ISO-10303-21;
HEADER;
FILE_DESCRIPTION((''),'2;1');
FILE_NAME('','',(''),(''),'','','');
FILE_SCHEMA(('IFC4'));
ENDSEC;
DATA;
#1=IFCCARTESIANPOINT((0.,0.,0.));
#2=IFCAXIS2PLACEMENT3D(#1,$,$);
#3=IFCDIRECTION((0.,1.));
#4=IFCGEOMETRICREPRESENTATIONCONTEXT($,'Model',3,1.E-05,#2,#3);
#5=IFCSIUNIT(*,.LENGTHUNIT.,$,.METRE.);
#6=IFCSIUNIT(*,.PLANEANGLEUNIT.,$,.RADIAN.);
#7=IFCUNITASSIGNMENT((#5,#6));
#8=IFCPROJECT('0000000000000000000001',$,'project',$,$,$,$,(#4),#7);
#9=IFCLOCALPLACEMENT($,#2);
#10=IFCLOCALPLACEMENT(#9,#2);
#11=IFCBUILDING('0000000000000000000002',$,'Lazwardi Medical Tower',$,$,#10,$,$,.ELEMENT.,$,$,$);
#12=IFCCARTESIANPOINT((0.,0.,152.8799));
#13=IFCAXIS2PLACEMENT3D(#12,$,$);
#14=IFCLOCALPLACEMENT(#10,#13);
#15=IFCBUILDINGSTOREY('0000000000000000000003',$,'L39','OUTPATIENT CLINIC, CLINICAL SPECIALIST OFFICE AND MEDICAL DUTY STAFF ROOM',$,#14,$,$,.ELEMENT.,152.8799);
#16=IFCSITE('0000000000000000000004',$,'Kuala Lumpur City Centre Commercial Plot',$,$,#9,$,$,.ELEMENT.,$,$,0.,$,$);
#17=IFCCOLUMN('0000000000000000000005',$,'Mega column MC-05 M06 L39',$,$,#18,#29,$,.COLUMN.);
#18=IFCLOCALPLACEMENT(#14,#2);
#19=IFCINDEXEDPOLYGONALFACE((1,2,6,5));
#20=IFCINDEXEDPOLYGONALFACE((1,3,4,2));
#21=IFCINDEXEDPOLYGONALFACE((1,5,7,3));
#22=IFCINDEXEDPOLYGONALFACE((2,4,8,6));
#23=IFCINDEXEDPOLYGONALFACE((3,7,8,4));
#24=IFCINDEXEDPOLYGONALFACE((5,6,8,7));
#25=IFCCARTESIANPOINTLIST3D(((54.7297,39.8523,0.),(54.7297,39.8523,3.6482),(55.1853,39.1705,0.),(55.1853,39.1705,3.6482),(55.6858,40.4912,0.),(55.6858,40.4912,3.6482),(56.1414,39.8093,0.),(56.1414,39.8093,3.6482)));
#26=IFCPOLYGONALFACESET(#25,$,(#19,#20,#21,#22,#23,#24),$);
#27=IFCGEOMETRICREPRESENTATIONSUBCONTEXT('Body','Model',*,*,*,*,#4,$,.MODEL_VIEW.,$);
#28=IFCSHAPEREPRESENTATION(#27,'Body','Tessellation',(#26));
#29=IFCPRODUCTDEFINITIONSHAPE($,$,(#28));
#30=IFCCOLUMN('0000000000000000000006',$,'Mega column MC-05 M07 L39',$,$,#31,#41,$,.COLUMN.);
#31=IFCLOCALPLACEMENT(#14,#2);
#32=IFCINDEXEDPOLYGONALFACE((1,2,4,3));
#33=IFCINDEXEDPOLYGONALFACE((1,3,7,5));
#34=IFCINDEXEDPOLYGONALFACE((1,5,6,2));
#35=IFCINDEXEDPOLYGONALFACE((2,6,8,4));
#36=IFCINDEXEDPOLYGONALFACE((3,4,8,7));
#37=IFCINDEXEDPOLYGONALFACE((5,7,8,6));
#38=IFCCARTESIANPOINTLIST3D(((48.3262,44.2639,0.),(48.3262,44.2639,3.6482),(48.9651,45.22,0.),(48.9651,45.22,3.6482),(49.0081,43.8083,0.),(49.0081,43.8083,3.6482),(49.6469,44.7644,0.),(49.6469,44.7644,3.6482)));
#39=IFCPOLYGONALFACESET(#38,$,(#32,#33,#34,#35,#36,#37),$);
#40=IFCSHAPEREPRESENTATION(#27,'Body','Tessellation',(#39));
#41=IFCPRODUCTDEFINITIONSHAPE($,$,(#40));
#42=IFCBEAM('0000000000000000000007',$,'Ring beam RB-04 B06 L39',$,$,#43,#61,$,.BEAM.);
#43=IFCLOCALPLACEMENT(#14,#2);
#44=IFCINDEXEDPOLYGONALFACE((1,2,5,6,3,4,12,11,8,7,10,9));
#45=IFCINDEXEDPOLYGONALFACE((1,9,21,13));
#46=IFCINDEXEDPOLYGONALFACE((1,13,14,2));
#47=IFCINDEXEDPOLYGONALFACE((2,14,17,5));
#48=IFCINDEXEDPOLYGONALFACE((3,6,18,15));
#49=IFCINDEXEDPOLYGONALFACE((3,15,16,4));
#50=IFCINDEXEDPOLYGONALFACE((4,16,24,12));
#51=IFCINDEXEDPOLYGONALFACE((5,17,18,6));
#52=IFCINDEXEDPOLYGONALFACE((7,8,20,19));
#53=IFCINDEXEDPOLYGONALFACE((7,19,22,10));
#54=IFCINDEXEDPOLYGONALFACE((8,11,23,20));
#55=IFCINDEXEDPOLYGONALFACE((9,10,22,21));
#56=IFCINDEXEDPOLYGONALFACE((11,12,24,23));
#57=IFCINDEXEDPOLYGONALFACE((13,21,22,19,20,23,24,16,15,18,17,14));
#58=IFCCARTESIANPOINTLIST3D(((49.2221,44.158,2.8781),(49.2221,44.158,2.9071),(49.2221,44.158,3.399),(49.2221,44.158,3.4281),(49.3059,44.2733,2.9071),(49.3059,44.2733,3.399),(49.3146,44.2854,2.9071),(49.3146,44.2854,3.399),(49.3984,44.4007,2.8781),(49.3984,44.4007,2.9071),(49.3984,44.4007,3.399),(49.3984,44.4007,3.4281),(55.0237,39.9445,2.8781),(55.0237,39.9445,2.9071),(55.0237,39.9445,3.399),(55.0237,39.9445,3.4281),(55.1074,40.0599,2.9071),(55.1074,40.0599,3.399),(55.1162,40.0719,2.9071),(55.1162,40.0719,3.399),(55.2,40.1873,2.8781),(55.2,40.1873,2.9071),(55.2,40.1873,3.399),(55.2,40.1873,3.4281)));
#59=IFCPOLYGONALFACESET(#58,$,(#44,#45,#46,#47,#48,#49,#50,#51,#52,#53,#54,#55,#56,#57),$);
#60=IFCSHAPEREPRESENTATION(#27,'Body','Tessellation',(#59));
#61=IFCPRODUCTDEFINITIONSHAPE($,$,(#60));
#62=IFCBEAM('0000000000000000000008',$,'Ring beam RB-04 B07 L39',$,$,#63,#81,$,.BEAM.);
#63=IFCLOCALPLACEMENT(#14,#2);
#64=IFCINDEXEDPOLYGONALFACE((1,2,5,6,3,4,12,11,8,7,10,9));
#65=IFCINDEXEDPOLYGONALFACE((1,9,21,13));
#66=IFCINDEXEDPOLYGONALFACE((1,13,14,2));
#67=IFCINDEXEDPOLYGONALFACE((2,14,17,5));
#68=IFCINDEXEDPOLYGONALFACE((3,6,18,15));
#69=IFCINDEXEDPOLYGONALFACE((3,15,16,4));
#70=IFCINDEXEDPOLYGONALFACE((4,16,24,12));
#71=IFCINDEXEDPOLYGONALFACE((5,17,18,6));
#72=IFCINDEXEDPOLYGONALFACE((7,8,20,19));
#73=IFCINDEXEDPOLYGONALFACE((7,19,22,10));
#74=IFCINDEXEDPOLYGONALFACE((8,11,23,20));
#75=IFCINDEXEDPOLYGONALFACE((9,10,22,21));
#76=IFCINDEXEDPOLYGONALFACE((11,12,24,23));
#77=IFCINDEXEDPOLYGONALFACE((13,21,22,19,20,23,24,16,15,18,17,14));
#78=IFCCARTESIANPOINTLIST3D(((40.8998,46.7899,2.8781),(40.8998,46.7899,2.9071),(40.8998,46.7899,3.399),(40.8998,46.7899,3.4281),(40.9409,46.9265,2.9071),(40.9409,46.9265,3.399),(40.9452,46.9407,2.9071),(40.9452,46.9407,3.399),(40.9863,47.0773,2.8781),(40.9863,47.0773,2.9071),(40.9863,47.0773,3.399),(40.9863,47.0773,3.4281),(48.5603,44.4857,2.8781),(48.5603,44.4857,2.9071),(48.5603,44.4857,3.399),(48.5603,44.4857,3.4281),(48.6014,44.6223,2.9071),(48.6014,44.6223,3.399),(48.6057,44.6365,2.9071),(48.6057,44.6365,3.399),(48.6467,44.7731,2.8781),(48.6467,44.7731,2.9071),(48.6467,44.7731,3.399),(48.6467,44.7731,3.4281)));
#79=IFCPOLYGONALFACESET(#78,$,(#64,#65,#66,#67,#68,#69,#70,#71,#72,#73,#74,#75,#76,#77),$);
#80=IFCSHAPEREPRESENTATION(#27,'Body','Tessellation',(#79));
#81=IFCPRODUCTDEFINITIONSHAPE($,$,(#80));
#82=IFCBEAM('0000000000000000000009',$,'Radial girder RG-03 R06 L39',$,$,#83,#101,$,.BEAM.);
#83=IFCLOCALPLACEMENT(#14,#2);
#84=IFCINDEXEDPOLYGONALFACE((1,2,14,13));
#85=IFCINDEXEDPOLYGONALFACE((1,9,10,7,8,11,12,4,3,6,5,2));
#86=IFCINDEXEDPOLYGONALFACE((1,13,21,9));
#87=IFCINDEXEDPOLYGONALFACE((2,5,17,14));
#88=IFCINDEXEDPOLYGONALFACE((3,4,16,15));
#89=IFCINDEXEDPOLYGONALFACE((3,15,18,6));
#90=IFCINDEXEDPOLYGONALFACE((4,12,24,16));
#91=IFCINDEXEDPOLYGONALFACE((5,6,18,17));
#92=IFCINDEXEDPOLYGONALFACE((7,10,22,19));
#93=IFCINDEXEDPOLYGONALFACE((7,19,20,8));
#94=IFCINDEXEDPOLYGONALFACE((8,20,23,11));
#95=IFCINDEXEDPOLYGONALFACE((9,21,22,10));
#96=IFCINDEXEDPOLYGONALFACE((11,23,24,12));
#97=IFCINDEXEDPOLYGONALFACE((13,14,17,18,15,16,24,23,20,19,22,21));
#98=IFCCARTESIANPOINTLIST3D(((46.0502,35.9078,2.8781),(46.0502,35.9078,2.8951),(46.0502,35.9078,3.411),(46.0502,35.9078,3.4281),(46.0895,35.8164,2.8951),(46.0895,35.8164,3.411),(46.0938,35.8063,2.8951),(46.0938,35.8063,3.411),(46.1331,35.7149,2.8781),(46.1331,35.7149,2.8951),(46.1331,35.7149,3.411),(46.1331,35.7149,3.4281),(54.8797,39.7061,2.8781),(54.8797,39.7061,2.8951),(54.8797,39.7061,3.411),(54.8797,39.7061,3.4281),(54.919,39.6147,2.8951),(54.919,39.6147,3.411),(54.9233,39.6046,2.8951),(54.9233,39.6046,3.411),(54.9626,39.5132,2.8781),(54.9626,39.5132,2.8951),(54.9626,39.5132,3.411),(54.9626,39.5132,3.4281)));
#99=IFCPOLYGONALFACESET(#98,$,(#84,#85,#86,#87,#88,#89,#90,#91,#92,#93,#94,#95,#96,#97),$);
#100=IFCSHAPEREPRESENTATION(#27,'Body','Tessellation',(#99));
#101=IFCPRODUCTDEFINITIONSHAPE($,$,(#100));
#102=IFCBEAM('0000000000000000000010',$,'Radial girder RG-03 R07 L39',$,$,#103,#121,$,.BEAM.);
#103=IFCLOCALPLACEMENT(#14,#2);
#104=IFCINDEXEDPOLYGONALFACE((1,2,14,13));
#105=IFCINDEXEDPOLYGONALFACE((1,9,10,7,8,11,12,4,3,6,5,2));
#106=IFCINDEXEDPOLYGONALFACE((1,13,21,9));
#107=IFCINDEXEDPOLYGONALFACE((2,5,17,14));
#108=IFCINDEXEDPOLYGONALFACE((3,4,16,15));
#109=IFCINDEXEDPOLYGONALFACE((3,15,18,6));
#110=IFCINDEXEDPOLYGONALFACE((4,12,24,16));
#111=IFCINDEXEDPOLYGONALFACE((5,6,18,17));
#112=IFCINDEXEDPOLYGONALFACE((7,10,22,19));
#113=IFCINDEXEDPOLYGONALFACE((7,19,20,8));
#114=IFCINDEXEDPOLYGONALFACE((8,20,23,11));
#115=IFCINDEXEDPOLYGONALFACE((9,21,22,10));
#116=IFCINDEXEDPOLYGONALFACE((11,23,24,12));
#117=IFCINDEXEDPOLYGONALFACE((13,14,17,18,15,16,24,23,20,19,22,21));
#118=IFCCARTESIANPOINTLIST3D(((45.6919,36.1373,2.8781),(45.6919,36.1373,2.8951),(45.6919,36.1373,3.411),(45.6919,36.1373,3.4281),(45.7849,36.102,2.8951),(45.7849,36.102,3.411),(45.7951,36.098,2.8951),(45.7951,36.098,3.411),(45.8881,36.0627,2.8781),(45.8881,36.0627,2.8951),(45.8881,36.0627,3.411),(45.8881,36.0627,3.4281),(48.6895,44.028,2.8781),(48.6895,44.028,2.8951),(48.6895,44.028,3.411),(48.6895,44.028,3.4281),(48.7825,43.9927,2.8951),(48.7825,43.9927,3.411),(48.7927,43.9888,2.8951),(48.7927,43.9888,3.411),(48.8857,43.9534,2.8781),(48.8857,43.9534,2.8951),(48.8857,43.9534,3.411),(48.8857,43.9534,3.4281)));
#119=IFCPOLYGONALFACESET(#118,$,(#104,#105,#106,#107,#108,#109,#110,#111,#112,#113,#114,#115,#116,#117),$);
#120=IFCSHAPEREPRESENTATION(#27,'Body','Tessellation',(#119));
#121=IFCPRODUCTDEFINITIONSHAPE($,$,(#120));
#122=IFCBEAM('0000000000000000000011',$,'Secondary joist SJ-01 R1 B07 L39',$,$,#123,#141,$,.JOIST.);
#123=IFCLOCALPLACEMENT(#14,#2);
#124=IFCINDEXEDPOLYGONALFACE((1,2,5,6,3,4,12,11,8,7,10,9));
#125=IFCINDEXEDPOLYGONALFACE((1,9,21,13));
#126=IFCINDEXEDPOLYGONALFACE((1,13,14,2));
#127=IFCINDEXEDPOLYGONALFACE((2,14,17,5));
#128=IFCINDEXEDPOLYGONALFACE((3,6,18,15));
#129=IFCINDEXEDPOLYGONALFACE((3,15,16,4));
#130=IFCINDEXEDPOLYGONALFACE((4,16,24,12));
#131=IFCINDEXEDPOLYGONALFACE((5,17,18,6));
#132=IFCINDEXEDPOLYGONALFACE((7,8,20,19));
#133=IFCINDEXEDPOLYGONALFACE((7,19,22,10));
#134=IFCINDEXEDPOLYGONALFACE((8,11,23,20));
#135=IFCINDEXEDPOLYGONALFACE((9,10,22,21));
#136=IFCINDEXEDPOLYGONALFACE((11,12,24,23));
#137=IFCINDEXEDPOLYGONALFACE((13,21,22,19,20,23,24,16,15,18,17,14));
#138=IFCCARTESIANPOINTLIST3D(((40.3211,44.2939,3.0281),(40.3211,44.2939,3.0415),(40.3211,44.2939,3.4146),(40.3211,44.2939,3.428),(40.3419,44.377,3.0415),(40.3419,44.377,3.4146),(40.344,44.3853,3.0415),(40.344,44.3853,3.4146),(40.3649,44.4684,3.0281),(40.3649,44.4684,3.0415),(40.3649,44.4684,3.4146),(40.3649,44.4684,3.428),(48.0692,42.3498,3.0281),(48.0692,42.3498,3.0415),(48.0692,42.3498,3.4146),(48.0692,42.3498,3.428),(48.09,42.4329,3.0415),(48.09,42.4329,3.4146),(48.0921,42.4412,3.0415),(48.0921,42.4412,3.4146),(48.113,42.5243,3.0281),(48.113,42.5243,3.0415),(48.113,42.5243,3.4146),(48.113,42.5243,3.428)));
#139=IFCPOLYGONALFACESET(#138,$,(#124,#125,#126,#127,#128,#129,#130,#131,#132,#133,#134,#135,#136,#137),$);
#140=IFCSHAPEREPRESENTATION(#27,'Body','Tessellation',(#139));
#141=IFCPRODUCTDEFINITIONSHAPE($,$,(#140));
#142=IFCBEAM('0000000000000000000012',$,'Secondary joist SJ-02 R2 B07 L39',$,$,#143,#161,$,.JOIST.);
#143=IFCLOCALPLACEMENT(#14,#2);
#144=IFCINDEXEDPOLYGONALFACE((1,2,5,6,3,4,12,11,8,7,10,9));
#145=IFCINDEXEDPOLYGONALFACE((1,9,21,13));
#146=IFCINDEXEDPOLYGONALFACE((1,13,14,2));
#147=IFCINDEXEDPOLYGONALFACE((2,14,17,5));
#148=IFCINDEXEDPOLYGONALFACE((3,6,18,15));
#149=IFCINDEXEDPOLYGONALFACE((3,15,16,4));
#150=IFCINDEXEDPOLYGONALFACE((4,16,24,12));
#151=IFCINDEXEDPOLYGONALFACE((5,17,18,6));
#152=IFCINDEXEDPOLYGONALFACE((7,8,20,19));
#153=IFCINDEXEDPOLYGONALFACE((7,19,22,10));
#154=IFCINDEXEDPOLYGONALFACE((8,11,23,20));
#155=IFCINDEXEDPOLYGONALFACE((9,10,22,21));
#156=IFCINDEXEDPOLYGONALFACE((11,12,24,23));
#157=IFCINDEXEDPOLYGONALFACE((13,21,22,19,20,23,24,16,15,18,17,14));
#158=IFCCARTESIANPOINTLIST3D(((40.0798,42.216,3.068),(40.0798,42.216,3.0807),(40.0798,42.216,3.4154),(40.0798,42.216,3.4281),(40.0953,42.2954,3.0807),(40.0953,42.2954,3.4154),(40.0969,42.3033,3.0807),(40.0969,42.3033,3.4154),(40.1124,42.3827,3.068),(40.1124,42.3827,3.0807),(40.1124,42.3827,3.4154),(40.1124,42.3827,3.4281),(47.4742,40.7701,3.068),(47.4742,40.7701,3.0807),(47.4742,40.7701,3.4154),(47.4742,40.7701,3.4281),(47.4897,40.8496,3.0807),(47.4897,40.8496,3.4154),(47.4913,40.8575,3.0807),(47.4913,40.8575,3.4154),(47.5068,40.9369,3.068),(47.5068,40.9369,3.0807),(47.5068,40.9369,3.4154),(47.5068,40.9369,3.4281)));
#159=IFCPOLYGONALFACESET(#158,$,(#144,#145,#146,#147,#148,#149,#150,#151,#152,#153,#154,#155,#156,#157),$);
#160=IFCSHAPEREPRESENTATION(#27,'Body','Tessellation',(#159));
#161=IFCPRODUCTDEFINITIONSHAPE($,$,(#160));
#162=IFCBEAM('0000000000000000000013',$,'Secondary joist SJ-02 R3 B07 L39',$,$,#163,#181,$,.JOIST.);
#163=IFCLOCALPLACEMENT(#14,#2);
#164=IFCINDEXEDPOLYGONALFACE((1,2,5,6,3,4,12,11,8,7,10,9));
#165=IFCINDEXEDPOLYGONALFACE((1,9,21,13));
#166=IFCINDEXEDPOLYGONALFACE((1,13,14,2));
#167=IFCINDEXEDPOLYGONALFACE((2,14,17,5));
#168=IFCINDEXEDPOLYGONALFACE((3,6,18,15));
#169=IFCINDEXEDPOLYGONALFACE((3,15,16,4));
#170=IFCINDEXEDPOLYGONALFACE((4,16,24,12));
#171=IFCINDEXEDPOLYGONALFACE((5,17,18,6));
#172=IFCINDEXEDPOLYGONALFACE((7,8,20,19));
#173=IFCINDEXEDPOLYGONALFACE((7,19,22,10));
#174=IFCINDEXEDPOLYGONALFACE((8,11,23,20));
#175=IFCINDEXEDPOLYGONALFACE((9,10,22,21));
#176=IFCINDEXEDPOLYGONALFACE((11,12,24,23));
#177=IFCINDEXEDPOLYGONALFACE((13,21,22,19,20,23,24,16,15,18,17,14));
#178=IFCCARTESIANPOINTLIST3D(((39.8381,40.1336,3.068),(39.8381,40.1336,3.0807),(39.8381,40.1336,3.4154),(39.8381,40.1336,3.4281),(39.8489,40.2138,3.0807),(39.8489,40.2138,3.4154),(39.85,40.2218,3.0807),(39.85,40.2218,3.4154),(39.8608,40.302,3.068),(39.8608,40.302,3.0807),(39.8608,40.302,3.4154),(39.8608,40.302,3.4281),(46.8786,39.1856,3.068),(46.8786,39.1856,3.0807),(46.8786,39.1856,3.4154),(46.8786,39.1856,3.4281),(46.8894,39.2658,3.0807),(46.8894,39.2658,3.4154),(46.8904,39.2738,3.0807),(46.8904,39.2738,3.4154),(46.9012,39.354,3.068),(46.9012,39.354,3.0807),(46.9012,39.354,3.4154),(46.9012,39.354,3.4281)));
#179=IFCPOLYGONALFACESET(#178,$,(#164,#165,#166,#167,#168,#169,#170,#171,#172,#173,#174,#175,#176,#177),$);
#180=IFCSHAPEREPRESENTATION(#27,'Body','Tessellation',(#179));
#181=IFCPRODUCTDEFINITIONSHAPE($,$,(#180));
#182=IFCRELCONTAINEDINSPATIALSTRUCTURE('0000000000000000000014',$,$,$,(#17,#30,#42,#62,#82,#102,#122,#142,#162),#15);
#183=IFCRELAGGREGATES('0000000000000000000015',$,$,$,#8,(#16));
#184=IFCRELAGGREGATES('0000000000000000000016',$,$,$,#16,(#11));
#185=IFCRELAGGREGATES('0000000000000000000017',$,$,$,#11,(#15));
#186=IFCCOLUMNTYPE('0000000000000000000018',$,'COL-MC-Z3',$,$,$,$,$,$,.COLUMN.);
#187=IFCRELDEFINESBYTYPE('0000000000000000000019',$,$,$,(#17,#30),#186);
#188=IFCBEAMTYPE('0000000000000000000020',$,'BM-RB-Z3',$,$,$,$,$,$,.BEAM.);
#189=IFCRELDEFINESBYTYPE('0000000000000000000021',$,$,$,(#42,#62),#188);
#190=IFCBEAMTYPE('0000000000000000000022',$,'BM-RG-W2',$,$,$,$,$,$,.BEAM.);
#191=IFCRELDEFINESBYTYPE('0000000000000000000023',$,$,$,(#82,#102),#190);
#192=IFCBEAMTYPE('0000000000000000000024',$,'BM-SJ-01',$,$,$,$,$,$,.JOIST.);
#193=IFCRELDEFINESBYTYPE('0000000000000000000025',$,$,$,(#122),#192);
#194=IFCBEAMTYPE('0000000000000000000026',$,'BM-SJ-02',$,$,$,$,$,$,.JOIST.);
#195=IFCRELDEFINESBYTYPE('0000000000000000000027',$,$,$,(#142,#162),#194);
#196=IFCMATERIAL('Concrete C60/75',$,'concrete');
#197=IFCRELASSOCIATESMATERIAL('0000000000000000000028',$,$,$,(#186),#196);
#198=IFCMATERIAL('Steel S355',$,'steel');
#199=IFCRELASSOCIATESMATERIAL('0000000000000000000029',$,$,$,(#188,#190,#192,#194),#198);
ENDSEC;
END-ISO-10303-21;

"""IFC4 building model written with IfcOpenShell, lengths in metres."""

from ifc_helpers import new_model, si_unit, direction, frame, origin, origin_2d, place, context, subcontext, project, spatial, rectangle, i_section, extrude, material, material_profile, profile_set, type_object, element, save


model = new_model("IFC4")

# Units and contexts
model_context = context("Model", 3, precision=1e-05, world=origin(), true_north=direction((0.0, 1.0)))
body_context = subcontext(model_context, "Body", "Model", "MODEL_VIEW")
ifc_project = project(units=[si_unit("LENGTHUNIT", "METRE"), si_unit("PLANEANGLEUNIT", "RADIAN")], contexts=[model_context])

# Site, building, storey
site_placement = place(None, origin())
site = spatial("IfcSite", under=ifc_project, at=site_placement, Name="Kuala Lumpur City Centre Commercial Plot", CompositionType="ELEMENT", RefElevation=0.0)
building_placement = place(site_placement, origin())
building = spatial("IfcBuilding", under=site, at=building_placement, Name="Lazwardi Medical Tower", CompositionType="ELEMENT")
storey_placement = place(building_placement, frame((0.0, 0.0, 152.8799)))
storey = spatial("IfcBuildingStorey", under=building, at=storey_placement, Name="L39", Description="OUTPATIENT CLINIC, CLINICAL SPECIALIST OFFICE AND MEDICAL DUTY STAFF ROOM", CompositionType="ELEMENT", Elevation=152.8799)

# Columns
ifc_material_1 = material(Name="Concrete C60/75", Category="concrete")
ifc_material_profile_1 = material_profile(ifc_material_1, rectangle(XDim=1.1499, YDim=0.8201, at=origin_2d()), Name="CFT-RECT 1150x820")
ifc_profile_set_1 = profile_set([ifc_material_profile_1], Name="Concrete C60/75")
column_type = type_object("IfcColumnType", Name="COL-MC-Z3", PredefinedType="COLUMN", material=ifc_profile_set_1)
for number, where, z_axis, x_axis, name in (
    (1, (55.4355, 39.8308, 0.0), (0.0, 0.0, 1.0), (0.83147, 0.55557, 0.0), "Mega column MC-05 M06 L39"),
    (2, (48.9866, 44.5142, 0.0), (0.0, 0.0, 1.0), (0.55557, 0.83147, 0.0), "Mega column MC-05 M07 L39"),
):
    element("IfcColumn", number, at=place(storey_placement, frame(where, z_axis=z_axis, x_axis=x_axis)), inside=storey, type_object=column_type, Name=name, PredefinedType="COLUMN", context=body_context, shape_type="SweptSolid", body=[
        extrude(rectangle(XDim=1.1499, YDim=0.8201, at=origin_2d()), origin(), (0.0, 0.0, 1.0), 3.6482),
    ])

# Beams
ifc_material_2 = material(Name="Steel S355", Category="steel")
ifc_material_profile_2 = material_profile(ifc_material_2, i_section(OverallWidth=0.3, OverallDepth=0.55, WebThickness=0.0149, FlangeThickness=0.0291, at=origin_2d()), Name="HEB 550")
ifc_profile_set_2 = profile_set([ifc_material_profile_2], Name="Steel S355")
beam_type_1 = type_object("IfcBeamType", Name="BM-RB-Z3", PredefinedType="BEAM", material=ifc_profile_set_2)
beam_1_placement = place(storey_placement, frame((55.1118, 40.0659, 3.1531), z_axis=(-0.809128, 0.587633, 0.0), x_axis=(-0.587633, -0.809128, 0.0)))
element("IfcBeam", 3, at=beam_1_placement, inside=storey, type_object=beam_type_1, Name="Ring beam RB-04 B06 L39", PredefinedType="BEAM", context=body_context, shape_type="SweptSolid", body=[
    extrude(i_section(OverallWidth=0.3, OverallDepth=0.55, WebThickness=0.0149, FlangeThickness=0.0291, at=origin_2d()), origin(), (0.0, 0.0, 1.0), 7.1702),
])
beam_2_placement = place(storey_placement, frame((48.6035, 44.6294, 3.1531), z_axis=(-0.957617, 0.288045, 0.0), x_axis=(-0.288045, -0.957617, 0.0)))
element("IfcBeam", 4, at=beam_2_placement, inside=storey, type_object=beam_type_1, Name="Ring beam RB-04 B07 L39", PredefinedType="BEAM", context=body_context, shape_type="SweptSolid", body=[
    extrude(i_section(OverallWidth=0.3, OverallDepth=0.55, WebThickness=0.0149, FlangeThickness=0.0291, at=origin_2d()), origin(), (0.0, 0.0, 1.0), 7.9995),
])
ifc_material_profile_3 = material_profile(ifc_material_2, i_section(OverallWidth=0.21, OverallDepth=0.55, WebThickness=0.011, FlangeThickness=0.0171, at=origin_2d()), Name="IPE 550")
ifc_profile_set_3 = profile_set([ifc_material_profile_3], Name="Steel S355")
beam_type_2 = type_object("IfcBeamType", Name="BM-RG-W2", PredefinedType="BEAM", material=ifc_profile_set_3)
beam_3_placement = place(storey_placement, frame((54.9211, 39.6096, 3.1531), z_axis=(-0.918608, -0.39517, 0.0), x_axis=(0.39517, -0.918608, 0.0)))
element("IfcBeam", 5, at=beam_3_placement, inside=storey, type_object=beam_type_2, Name="Radial girder RG-03 R06 L39", PredefinedType="BEAM", context=body_context, shape_type="SweptSolid", body=[
    extrude(i_section(OverallWidth=0.21, OverallDepth=0.55, WebThickness=0.011, FlangeThickness=0.0171, at=origin_2d()), origin(), (0.0, 0.0, 1.0), 9.6118),
])
beam_4_placement = place(storey_placement, frame((48.7876, 43.9907, 3.1531), z_axis=(-0.355127, -0.934818, 0.0), x_axis=(0.934818, -0.355127, 0.0)))
element("IfcBeam", 6, at=beam_4_placement, inside=storey, type_object=beam_type_2, Name="Radial girder RG-03 R07 L39", PredefinedType="BEAM", context=body_context, shape_type="SweptSolid", body=[
    extrude(i_section(OverallWidth=0.21, OverallDepth=0.55, WebThickness=0.011, FlangeThickness=0.0171, at=origin_2d()), origin(), (0.0, 0.0, 1.0), 8.4409),
])
ifc_material_profile_4 = material_profile(ifc_material_2, i_section(OverallWidth=0.1799, OverallDepth=0.3999, WebThickness=0.0085, FlangeThickness=0.0134, at=origin_2d()), Name="IPE 400")
ifc_profile_set_4 = profile_set([ifc_material_profile_4], Name="Steel S355")
beam_type_3 = type_object("IfcBeamType", Name="BM-SJ-01", PredefinedType="JOIST", material=ifc_profile_set_4)
beam_5_placement = place(storey_placement, frame((48.0911, 42.437, 3.228), z_axis=(-0.969934, 0.24337, 0.0), x_axis=(-0.24337, -0.969934, 0.0)))
element("IfcBeam", 7, at=beam_5_placement, inside=storey, type_object=beam_type_3, Name="Secondary joist SJ-01 R1 B07 L39", PredefinedType="JOIST", context=body_context, shape_type="SweptSolid", body=[
    extrude(i_section(OverallWidth=0.1799, OverallDepth=0.3999, WebThickness=0.0085, FlangeThickness=0.0134, at=origin_2d()), origin(), (0.0, 0.0, 1.0), 7.9883),
])
ifc_material_profile_5 = material_profile(ifc_material_2, i_section(OverallWidth=0.1699, OverallDepth=0.3601, WebThickness=0.0081, FlangeThickness=0.0127, at=origin_2d()), Name="IPE 360")
ifc_profile_set_5 = profile_set([ifc_material_profile_5], Name="Steel S355")
beam_type_4 = type_object("IfcBeamType", Name="BM-SJ-02", PredefinedType="JOIST", material=ifc_profile_set_5)
beam_6_placement = place(storey_placement, frame((47.4905, 40.8535, 3.248), z_axis=(-0.981415, 0.191896, 0.0), x_axis=(-0.191896, -0.981415, 0.0)))
element("IfcBeam", 8, at=beam_6_placement, inside=storey, type_object=beam_type_4, Name="Secondary joist SJ-02 R2 B07 L39", PredefinedType="JOIST", context=body_context, shape_type="SweptSolid", body=[
    extrude(i_section(OverallWidth=0.1699, OverallDepth=0.3601, WebThickness=0.0081, FlangeThickness=0.0127, at=origin_2d()), origin(), (0.0, 0.0, 1.0), 7.5344),
])
beam_7_placement = place(storey_placement, frame((46.8899, 39.2698, 3.248), z_axis=(-0.991056, 0.133444, 0.0), x_axis=(-0.133444, -0.991056, 0.0)))
element("IfcBeam", 9, at=beam_7_placement, inside=storey, type_object=beam_type_4, Name="Secondary joist SJ-02 R3 B07 L39", PredefinedType="JOIST", context=body_context, shape_type="SweptSolid", body=[
    extrude(i_section(OverallWidth=0.1699, OverallDepth=0.3601, WebThickness=0.0081, FlangeThickness=0.0127, at=origin_2d()), origin(), (0.0, 0.0, 1.0), 7.104),
])

save(model, "model.ifc")
